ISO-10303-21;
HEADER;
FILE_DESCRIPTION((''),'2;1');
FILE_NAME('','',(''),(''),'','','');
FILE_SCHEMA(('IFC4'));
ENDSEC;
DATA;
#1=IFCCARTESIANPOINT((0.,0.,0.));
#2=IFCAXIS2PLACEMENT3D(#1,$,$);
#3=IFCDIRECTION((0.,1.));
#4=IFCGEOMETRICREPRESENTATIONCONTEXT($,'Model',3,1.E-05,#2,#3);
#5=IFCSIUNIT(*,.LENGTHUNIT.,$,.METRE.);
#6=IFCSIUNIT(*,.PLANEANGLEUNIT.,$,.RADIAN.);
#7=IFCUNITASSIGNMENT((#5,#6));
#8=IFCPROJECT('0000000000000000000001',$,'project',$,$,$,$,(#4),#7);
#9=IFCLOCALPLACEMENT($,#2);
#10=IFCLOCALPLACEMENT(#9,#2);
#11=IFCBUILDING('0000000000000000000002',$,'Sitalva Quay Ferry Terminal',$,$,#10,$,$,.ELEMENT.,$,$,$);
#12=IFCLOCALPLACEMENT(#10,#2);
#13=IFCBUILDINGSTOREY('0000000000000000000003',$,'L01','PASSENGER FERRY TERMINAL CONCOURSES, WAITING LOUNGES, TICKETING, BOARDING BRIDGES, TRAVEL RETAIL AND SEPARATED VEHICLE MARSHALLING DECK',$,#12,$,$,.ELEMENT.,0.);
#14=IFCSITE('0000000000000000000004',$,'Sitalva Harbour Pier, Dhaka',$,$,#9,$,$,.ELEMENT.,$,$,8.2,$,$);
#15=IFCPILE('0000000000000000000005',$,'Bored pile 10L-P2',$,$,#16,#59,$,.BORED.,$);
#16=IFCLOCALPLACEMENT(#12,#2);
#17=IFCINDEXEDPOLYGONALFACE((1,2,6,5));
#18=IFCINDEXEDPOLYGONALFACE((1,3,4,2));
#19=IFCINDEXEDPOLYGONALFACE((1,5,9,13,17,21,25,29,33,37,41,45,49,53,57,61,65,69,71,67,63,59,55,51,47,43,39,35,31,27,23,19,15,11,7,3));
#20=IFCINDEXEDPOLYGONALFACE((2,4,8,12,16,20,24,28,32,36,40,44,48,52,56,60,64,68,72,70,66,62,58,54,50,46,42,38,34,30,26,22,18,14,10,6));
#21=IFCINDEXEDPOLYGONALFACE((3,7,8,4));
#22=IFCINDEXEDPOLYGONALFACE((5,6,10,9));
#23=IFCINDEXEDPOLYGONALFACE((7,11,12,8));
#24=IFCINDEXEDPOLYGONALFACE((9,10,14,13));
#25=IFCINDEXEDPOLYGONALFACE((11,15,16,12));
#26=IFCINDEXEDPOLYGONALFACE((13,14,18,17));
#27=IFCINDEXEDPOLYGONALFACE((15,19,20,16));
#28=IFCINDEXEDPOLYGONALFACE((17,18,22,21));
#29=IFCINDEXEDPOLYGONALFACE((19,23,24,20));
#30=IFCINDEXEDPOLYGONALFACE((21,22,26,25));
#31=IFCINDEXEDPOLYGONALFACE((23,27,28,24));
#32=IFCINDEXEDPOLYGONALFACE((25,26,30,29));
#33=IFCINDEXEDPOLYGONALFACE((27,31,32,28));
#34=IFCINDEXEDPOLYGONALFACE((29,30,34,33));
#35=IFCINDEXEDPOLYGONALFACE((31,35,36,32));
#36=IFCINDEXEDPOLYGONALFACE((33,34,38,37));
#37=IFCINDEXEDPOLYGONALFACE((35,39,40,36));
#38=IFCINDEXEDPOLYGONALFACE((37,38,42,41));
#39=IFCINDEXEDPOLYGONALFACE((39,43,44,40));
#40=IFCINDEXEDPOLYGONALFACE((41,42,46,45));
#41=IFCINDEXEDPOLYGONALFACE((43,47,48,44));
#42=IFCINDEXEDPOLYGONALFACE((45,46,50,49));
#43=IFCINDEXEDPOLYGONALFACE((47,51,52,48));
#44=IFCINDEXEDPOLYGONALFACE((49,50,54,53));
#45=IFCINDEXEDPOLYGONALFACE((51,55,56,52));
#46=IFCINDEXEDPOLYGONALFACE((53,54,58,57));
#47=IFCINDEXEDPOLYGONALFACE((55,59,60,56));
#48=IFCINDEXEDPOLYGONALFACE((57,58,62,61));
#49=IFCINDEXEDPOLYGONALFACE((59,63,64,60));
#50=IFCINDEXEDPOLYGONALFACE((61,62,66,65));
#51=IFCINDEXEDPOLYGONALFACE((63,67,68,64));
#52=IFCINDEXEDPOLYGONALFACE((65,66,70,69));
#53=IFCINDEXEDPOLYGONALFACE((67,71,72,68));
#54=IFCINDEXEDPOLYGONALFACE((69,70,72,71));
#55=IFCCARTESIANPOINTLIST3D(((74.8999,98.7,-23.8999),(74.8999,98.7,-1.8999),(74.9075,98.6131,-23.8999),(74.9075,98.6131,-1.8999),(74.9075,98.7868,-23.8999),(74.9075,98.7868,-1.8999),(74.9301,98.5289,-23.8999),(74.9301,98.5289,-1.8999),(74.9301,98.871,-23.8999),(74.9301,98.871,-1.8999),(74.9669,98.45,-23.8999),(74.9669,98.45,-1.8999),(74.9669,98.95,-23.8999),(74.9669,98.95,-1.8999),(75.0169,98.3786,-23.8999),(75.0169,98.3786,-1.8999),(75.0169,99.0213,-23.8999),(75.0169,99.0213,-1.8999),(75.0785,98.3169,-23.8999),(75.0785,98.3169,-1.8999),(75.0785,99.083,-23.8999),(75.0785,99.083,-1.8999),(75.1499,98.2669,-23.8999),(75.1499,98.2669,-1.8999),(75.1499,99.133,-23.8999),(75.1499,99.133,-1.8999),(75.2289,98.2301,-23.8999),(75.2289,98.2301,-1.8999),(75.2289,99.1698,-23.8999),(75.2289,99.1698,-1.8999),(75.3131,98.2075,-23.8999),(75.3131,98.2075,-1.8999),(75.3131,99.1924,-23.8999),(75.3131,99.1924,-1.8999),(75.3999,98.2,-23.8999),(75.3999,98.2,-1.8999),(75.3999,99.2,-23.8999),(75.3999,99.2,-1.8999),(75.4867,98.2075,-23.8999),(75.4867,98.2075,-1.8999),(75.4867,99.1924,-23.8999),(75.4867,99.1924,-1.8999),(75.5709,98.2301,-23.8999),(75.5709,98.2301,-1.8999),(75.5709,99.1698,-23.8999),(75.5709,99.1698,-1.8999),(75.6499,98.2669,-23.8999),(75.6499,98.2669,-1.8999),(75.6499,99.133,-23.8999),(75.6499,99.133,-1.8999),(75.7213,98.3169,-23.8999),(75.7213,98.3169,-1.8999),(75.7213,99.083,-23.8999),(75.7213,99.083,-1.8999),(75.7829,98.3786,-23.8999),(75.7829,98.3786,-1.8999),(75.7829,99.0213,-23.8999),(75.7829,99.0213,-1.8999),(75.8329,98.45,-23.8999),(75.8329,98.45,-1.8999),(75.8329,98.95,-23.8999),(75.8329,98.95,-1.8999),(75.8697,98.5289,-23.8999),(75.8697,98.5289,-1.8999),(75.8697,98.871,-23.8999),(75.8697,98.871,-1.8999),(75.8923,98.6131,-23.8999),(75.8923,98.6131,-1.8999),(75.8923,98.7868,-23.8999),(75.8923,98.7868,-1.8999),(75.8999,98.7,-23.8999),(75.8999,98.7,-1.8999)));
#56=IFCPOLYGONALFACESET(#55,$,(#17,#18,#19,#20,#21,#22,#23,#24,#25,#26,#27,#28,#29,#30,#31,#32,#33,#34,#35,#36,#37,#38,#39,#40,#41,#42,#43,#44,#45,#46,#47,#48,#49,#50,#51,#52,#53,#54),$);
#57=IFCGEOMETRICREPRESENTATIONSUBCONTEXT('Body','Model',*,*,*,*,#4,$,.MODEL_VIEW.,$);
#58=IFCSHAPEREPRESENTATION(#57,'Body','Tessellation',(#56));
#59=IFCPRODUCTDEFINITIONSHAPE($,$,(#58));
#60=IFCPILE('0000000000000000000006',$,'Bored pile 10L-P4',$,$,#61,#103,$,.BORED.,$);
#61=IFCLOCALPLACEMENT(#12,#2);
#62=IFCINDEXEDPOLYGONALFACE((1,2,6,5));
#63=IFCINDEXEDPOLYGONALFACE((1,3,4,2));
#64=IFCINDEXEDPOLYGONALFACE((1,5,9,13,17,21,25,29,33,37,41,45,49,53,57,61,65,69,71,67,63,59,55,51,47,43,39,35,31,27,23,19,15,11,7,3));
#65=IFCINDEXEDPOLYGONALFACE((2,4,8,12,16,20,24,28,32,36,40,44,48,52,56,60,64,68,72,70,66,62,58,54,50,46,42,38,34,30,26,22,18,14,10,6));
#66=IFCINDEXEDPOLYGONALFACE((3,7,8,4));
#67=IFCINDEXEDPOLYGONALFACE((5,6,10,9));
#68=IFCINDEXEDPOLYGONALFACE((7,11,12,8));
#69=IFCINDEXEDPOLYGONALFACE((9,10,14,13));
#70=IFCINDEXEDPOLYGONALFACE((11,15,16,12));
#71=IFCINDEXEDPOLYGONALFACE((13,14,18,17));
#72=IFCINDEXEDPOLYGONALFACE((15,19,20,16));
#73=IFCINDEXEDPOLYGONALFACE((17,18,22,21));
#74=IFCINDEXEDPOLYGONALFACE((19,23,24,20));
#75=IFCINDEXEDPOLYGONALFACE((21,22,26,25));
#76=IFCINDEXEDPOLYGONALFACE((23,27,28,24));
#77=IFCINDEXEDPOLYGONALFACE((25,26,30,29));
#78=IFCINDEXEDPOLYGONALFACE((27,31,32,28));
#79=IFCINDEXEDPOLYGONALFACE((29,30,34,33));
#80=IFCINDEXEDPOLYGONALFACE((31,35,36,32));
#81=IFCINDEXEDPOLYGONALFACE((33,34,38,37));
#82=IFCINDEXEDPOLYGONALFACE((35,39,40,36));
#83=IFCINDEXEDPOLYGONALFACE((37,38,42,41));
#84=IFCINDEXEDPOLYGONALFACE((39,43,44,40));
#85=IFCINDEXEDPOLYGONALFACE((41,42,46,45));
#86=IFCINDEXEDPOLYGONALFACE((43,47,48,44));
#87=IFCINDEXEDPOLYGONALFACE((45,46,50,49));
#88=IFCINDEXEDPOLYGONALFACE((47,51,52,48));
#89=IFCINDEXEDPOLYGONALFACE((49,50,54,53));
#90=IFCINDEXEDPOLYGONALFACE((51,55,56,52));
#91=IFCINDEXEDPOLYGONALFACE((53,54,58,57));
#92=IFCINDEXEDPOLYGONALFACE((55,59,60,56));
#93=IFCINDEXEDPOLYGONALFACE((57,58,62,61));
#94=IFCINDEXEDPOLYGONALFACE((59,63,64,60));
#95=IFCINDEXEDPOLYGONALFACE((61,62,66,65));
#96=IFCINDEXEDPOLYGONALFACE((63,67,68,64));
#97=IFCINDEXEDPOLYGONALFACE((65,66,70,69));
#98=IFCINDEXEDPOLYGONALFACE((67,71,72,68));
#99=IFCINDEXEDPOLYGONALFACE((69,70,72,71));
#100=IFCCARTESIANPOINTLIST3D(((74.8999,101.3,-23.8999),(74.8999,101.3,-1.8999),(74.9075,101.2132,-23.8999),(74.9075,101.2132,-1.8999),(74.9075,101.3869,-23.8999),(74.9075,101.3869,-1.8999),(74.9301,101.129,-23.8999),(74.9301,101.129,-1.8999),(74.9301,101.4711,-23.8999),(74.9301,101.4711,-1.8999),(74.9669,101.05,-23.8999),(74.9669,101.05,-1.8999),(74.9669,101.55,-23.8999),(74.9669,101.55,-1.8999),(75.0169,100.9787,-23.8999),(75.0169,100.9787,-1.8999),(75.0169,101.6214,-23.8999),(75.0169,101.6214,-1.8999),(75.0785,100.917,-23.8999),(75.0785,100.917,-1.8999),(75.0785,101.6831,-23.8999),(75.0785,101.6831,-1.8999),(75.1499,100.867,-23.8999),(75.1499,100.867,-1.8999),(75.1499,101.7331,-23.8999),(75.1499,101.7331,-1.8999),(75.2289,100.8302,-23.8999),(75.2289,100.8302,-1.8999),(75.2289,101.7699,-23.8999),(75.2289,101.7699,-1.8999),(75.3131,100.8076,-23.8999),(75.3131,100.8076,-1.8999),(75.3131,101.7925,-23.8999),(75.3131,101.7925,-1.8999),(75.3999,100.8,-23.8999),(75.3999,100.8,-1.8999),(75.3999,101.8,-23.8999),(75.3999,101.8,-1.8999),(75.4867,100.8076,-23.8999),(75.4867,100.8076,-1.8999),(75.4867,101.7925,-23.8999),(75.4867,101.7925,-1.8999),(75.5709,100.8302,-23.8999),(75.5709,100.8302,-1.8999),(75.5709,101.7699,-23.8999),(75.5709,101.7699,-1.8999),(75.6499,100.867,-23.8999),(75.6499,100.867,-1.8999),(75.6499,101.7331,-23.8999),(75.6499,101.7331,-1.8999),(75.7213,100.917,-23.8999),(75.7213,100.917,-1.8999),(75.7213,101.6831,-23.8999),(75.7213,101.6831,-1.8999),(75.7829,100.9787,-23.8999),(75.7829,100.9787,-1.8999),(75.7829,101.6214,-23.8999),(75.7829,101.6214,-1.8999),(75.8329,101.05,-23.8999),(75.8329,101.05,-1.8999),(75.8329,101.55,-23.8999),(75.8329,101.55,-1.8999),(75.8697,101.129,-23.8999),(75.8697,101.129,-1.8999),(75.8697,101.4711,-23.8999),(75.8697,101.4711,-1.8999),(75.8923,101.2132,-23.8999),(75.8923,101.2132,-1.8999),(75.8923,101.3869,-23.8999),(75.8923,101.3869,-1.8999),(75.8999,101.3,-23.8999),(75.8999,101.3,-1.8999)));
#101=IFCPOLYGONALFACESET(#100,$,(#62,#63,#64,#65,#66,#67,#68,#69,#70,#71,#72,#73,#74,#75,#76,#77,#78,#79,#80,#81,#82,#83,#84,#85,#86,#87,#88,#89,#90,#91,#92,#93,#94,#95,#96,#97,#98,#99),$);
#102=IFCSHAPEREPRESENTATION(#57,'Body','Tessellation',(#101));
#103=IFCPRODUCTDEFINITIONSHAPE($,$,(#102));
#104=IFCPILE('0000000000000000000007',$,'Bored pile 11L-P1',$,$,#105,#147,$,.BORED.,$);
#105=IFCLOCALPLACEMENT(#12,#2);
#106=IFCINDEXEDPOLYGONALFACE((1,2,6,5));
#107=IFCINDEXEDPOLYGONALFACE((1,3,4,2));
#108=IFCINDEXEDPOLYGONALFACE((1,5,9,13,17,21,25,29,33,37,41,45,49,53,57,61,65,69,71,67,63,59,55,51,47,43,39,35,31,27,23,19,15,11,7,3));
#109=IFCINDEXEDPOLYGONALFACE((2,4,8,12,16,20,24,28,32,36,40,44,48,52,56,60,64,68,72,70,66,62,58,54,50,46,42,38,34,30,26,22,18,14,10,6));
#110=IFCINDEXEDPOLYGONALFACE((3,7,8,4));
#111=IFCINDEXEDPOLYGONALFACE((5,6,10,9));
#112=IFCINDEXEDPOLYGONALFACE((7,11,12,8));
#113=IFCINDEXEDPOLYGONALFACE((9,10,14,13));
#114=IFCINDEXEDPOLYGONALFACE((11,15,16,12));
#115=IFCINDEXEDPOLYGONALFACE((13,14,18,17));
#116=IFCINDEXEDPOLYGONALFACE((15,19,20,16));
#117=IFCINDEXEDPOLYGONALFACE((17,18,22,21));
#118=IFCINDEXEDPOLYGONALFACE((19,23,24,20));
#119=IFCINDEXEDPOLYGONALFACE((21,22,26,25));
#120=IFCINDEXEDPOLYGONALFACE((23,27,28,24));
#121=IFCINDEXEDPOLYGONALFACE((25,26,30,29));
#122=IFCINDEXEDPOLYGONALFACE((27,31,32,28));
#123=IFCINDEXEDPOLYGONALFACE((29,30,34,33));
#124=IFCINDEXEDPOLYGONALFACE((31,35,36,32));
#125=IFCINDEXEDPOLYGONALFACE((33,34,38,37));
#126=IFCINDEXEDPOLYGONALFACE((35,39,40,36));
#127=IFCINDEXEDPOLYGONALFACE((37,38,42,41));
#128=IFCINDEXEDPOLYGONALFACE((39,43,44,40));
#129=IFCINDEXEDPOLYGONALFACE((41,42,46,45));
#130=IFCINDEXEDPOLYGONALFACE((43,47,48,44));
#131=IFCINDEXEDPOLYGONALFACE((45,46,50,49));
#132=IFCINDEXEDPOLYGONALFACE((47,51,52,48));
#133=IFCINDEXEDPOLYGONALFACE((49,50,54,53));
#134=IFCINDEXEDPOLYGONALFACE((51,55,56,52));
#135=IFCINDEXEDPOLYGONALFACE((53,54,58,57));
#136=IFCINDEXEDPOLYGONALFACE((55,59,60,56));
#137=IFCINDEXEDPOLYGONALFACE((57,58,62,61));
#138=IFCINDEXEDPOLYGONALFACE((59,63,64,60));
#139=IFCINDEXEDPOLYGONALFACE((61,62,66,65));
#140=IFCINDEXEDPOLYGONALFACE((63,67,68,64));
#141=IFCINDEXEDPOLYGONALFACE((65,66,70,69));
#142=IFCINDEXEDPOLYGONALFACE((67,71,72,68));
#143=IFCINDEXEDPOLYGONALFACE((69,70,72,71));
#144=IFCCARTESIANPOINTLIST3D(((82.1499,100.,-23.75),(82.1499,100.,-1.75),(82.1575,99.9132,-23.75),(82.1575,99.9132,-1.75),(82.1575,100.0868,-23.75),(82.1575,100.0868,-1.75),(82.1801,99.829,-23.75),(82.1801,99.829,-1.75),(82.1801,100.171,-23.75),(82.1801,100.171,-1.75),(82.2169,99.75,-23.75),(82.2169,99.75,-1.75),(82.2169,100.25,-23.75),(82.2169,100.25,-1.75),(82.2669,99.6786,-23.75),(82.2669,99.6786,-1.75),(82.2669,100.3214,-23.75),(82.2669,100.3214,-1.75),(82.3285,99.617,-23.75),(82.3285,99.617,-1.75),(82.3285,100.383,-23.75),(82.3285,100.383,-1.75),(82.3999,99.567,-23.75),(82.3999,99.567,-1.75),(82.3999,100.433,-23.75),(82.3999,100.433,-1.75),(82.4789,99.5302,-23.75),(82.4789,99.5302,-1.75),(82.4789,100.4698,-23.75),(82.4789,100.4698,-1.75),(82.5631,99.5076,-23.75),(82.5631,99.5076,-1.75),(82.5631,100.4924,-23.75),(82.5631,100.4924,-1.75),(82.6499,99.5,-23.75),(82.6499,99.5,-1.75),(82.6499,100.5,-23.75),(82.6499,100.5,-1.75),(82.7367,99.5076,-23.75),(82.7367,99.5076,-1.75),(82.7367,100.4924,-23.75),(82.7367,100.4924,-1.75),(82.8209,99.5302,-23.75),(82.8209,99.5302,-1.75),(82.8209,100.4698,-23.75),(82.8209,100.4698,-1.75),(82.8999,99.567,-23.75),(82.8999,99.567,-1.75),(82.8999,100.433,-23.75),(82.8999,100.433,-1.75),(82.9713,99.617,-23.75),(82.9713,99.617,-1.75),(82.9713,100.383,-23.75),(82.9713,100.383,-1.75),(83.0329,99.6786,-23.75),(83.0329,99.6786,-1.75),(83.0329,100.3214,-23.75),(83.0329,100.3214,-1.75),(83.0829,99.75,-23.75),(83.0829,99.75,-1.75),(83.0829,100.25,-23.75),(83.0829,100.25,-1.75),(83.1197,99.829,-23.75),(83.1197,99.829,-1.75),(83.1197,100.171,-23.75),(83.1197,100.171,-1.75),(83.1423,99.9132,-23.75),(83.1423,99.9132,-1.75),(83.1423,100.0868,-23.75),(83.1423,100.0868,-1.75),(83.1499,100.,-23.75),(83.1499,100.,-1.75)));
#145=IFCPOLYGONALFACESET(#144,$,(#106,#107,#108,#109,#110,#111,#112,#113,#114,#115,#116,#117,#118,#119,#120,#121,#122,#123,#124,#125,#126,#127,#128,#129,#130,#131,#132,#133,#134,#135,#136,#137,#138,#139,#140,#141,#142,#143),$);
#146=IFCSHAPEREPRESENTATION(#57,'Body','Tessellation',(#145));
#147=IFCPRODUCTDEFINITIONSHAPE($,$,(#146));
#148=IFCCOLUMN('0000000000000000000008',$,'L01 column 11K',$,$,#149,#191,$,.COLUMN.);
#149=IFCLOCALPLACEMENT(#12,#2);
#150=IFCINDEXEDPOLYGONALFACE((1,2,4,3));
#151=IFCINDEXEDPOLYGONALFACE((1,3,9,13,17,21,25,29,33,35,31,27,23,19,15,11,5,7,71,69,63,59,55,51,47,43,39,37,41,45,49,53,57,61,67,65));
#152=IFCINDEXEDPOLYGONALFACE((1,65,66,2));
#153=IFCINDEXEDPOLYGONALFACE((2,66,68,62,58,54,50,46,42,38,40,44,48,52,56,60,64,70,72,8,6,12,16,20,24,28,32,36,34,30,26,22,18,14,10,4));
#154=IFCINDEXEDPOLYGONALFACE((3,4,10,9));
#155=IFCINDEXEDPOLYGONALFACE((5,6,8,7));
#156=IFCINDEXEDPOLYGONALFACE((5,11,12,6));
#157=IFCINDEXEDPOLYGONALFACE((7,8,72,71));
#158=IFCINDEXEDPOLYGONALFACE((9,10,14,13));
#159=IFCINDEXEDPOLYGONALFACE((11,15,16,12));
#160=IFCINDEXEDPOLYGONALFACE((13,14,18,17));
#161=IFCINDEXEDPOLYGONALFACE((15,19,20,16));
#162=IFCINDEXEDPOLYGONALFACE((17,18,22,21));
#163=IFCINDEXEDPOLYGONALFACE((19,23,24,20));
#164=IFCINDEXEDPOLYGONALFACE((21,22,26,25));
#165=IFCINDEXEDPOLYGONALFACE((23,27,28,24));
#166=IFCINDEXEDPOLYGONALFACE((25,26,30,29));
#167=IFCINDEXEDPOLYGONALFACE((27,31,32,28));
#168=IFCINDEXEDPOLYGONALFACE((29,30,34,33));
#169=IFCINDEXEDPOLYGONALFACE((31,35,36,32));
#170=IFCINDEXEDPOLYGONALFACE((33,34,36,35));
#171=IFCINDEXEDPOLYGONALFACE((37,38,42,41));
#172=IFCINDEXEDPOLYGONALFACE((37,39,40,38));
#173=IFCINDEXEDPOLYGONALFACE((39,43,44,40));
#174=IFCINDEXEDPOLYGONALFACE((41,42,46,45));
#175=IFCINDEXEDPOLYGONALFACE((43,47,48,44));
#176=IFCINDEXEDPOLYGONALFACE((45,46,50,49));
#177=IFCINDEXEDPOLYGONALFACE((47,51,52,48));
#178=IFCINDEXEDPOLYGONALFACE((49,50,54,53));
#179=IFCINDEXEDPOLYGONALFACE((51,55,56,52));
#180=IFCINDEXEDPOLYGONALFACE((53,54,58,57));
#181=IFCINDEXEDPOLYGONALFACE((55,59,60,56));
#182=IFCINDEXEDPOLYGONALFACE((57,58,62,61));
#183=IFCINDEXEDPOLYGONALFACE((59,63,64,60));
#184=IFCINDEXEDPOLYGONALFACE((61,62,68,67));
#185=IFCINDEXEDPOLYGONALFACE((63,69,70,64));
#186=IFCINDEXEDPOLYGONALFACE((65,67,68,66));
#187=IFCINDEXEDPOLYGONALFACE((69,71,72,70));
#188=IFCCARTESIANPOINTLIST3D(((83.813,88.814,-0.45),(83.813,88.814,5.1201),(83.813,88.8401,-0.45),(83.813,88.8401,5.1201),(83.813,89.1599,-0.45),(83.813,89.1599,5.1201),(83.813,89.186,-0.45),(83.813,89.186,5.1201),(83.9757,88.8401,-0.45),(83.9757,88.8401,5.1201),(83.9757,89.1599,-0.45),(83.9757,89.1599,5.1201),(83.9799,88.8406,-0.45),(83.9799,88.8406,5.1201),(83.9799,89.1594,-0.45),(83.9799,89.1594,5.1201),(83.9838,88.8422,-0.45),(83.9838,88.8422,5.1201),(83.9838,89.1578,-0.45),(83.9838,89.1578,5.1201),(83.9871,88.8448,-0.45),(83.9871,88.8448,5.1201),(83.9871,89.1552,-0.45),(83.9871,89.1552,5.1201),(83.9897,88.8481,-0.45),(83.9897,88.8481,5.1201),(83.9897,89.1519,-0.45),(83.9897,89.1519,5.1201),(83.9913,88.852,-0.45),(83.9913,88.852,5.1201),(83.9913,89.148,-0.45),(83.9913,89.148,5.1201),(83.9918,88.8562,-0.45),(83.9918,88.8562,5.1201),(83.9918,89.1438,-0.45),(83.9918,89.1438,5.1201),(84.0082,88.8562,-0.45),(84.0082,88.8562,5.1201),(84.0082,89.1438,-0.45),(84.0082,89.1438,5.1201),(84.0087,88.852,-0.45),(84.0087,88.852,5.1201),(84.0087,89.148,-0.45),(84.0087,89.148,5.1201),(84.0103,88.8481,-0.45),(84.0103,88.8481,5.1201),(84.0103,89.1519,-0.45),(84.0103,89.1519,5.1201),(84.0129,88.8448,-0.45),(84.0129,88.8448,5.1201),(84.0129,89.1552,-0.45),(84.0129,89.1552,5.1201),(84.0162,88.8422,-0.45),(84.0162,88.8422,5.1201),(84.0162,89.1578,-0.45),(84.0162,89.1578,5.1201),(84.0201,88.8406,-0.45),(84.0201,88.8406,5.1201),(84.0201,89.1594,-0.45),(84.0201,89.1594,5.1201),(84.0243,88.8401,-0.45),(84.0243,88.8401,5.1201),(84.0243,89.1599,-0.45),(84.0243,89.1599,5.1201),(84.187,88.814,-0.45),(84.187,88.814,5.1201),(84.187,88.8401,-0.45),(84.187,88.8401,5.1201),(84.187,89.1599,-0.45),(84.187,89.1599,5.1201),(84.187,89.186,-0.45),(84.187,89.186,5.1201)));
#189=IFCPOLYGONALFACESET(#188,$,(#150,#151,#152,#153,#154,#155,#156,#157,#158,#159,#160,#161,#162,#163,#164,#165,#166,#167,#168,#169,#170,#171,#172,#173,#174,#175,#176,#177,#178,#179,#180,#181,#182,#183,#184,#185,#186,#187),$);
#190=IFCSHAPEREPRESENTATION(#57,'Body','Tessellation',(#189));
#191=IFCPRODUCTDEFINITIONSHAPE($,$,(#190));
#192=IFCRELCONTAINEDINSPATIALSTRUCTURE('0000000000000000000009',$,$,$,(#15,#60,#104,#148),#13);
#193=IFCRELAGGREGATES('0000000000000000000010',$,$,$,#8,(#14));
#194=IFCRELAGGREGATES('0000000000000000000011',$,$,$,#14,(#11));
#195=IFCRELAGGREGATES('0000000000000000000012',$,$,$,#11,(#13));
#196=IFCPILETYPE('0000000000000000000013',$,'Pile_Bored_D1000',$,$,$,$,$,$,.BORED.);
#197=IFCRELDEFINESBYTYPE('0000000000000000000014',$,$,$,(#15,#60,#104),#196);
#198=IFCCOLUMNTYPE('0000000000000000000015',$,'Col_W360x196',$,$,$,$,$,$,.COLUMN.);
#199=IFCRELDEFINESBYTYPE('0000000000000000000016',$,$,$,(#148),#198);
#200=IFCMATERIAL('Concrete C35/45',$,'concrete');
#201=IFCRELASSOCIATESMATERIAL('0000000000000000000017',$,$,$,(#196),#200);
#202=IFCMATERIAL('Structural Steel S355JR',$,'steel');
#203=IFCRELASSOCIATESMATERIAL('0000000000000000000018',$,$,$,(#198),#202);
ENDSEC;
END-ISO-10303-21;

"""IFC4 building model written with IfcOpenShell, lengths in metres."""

from ifc_helpers import new_model, si_unit, direction, frame, origin, origin_2d, place, context, subcontext, project, spatial, circle, i_section, extrude, material, material_profile, profile_set, type_object, element, save


model = new_model("IFC4")

# Units and contexts
model_context = context("Model", 3, precision=1e-05, world=origin(), true_north=direction((0.0, 1.0)))
body_context = subcontext(model_context, "Body", "Model", "MODEL_VIEW")
ifc_project = project(units=[si_unit("LENGTHUNIT", "METRE"), si_unit("PLANEANGLEUNIT", "RADIAN")], contexts=[model_context])

# Site, building, storey
site_placement = place(None, origin())
site = spatial("IfcSite", under=ifc_project, at=site_placement, Name="Sitalva Harbour Pier, Dhaka", CompositionType="ELEMENT", RefElevation=8.2)
building_placement = place(site_placement, origin())
building = spatial("IfcBuilding", under=site, at=building_placement, Name="Sitalva Quay Ferry Terminal", CompositionType="ELEMENT")
storey_placement = place(building_placement, origin())
storey = spatial("IfcBuildingStorey", under=building, at=storey_placement, Name="L01", Description="PASSENGER FERRY TERMINAL CONCOURSES, WAITING LOUNGES, TICKETING, BOARDING BRIDGES, TRAVEL RETAIL AND SEPARATED VEHICLE MARSHALLING DECK", CompositionType="ELEMENT", Elevation=0.0)

# Piles
ifc_material_1 = material(Name="Concrete C35/45", Category="concrete")
ifc_material_profile_1 = material_profile(ifc_material_1, circle(Radius=0.5, at=origin_2d()), Name="PILE-D1000")
ifc_profile_set_1 = profile_set([ifc_material_profile_1], Name="Concrete C35/45")
pile_type = type_object("IfcPileType", Name="Pile_Bored_D1000", PredefinedType="BORED", material=ifc_profile_set_1)
for number, where, z_axis, x_axis, name in (
    (1, (75.3999, 98.7, -1.8999), (0.0, 0.0, -1.0), (1.0, 0.0, 0.0), "Bored pile 10L-P2"),
    (2, (75.3999, 101.3, -1.8999), (0.0, 0.0, -1.0), (1.0, 0.0, 0.0), "Bored pile 10L-P4"),
    (3, (82.6499, 100.0, -1.75), (0.0, 0.0, -1.0), (1.0, 0.0, 0.0), "Bored pile 11L-P1"),
):
    element("IfcPile", number, at=place(storey_placement, frame(where, z_axis=z_axis, x_axis=x_axis)), inside=storey, type_object=pile_type, Name=name, PredefinedType="BORED", context=body_context, shape_type="SweptSolid", body=[
        extrude(circle(Radius=0.5, at=origin_2d()), origin(), (0.0, 0.0, 1.0), 22.0),
    ])

# Column
ifc_material_2 = material(Name="Structural Steel S355JR", Category="steel")
ifc_material_profile_2 = material_profile(ifc_material_2, i_section(OverallWidth=0.374, OverallDepth=0.3721, WebThickness=0.0164, FlangeThickness=0.0261, FilletRadius=0.0161, at=origin_2d()), Name="W360x196")
ifc_profile_set_2 = profile_set([ifc_material_profile_2], Name="Structural Steel S355JR")
column_type = type_object("IfcColumnType", Name="Col_W360x196", PredefinedType="COLUMN", material=ifc_profile_set_2)
for number, where, z_axis, x_axis, name in (
    (4, (84.0, 89.0, -0.45), (0.0, 0.0, 1.0), (1.0, 0.0, 0.0), "L01 column 11K"),
):
    element("IfcColumn", number, at=place(storey_placement, frame(where, z_axis=z_axis, x_axis=x_axis)), inside=storey, type_object=column_type, Name=name, PredefinedType="COLUMN", context=body_context, shape_type="SweptSolid", body=[
        extrude(i_section(OverallWidth=0.374, OverallDepth=0.3721, WebThickness=0.0164, FlangeThickness=0.0261, FilletRadius=0.0161, at=origin_2d()), origin(), (0.0, 0.0, 1.0), 5.5701),
    ])

save(model, "model.ifc")
